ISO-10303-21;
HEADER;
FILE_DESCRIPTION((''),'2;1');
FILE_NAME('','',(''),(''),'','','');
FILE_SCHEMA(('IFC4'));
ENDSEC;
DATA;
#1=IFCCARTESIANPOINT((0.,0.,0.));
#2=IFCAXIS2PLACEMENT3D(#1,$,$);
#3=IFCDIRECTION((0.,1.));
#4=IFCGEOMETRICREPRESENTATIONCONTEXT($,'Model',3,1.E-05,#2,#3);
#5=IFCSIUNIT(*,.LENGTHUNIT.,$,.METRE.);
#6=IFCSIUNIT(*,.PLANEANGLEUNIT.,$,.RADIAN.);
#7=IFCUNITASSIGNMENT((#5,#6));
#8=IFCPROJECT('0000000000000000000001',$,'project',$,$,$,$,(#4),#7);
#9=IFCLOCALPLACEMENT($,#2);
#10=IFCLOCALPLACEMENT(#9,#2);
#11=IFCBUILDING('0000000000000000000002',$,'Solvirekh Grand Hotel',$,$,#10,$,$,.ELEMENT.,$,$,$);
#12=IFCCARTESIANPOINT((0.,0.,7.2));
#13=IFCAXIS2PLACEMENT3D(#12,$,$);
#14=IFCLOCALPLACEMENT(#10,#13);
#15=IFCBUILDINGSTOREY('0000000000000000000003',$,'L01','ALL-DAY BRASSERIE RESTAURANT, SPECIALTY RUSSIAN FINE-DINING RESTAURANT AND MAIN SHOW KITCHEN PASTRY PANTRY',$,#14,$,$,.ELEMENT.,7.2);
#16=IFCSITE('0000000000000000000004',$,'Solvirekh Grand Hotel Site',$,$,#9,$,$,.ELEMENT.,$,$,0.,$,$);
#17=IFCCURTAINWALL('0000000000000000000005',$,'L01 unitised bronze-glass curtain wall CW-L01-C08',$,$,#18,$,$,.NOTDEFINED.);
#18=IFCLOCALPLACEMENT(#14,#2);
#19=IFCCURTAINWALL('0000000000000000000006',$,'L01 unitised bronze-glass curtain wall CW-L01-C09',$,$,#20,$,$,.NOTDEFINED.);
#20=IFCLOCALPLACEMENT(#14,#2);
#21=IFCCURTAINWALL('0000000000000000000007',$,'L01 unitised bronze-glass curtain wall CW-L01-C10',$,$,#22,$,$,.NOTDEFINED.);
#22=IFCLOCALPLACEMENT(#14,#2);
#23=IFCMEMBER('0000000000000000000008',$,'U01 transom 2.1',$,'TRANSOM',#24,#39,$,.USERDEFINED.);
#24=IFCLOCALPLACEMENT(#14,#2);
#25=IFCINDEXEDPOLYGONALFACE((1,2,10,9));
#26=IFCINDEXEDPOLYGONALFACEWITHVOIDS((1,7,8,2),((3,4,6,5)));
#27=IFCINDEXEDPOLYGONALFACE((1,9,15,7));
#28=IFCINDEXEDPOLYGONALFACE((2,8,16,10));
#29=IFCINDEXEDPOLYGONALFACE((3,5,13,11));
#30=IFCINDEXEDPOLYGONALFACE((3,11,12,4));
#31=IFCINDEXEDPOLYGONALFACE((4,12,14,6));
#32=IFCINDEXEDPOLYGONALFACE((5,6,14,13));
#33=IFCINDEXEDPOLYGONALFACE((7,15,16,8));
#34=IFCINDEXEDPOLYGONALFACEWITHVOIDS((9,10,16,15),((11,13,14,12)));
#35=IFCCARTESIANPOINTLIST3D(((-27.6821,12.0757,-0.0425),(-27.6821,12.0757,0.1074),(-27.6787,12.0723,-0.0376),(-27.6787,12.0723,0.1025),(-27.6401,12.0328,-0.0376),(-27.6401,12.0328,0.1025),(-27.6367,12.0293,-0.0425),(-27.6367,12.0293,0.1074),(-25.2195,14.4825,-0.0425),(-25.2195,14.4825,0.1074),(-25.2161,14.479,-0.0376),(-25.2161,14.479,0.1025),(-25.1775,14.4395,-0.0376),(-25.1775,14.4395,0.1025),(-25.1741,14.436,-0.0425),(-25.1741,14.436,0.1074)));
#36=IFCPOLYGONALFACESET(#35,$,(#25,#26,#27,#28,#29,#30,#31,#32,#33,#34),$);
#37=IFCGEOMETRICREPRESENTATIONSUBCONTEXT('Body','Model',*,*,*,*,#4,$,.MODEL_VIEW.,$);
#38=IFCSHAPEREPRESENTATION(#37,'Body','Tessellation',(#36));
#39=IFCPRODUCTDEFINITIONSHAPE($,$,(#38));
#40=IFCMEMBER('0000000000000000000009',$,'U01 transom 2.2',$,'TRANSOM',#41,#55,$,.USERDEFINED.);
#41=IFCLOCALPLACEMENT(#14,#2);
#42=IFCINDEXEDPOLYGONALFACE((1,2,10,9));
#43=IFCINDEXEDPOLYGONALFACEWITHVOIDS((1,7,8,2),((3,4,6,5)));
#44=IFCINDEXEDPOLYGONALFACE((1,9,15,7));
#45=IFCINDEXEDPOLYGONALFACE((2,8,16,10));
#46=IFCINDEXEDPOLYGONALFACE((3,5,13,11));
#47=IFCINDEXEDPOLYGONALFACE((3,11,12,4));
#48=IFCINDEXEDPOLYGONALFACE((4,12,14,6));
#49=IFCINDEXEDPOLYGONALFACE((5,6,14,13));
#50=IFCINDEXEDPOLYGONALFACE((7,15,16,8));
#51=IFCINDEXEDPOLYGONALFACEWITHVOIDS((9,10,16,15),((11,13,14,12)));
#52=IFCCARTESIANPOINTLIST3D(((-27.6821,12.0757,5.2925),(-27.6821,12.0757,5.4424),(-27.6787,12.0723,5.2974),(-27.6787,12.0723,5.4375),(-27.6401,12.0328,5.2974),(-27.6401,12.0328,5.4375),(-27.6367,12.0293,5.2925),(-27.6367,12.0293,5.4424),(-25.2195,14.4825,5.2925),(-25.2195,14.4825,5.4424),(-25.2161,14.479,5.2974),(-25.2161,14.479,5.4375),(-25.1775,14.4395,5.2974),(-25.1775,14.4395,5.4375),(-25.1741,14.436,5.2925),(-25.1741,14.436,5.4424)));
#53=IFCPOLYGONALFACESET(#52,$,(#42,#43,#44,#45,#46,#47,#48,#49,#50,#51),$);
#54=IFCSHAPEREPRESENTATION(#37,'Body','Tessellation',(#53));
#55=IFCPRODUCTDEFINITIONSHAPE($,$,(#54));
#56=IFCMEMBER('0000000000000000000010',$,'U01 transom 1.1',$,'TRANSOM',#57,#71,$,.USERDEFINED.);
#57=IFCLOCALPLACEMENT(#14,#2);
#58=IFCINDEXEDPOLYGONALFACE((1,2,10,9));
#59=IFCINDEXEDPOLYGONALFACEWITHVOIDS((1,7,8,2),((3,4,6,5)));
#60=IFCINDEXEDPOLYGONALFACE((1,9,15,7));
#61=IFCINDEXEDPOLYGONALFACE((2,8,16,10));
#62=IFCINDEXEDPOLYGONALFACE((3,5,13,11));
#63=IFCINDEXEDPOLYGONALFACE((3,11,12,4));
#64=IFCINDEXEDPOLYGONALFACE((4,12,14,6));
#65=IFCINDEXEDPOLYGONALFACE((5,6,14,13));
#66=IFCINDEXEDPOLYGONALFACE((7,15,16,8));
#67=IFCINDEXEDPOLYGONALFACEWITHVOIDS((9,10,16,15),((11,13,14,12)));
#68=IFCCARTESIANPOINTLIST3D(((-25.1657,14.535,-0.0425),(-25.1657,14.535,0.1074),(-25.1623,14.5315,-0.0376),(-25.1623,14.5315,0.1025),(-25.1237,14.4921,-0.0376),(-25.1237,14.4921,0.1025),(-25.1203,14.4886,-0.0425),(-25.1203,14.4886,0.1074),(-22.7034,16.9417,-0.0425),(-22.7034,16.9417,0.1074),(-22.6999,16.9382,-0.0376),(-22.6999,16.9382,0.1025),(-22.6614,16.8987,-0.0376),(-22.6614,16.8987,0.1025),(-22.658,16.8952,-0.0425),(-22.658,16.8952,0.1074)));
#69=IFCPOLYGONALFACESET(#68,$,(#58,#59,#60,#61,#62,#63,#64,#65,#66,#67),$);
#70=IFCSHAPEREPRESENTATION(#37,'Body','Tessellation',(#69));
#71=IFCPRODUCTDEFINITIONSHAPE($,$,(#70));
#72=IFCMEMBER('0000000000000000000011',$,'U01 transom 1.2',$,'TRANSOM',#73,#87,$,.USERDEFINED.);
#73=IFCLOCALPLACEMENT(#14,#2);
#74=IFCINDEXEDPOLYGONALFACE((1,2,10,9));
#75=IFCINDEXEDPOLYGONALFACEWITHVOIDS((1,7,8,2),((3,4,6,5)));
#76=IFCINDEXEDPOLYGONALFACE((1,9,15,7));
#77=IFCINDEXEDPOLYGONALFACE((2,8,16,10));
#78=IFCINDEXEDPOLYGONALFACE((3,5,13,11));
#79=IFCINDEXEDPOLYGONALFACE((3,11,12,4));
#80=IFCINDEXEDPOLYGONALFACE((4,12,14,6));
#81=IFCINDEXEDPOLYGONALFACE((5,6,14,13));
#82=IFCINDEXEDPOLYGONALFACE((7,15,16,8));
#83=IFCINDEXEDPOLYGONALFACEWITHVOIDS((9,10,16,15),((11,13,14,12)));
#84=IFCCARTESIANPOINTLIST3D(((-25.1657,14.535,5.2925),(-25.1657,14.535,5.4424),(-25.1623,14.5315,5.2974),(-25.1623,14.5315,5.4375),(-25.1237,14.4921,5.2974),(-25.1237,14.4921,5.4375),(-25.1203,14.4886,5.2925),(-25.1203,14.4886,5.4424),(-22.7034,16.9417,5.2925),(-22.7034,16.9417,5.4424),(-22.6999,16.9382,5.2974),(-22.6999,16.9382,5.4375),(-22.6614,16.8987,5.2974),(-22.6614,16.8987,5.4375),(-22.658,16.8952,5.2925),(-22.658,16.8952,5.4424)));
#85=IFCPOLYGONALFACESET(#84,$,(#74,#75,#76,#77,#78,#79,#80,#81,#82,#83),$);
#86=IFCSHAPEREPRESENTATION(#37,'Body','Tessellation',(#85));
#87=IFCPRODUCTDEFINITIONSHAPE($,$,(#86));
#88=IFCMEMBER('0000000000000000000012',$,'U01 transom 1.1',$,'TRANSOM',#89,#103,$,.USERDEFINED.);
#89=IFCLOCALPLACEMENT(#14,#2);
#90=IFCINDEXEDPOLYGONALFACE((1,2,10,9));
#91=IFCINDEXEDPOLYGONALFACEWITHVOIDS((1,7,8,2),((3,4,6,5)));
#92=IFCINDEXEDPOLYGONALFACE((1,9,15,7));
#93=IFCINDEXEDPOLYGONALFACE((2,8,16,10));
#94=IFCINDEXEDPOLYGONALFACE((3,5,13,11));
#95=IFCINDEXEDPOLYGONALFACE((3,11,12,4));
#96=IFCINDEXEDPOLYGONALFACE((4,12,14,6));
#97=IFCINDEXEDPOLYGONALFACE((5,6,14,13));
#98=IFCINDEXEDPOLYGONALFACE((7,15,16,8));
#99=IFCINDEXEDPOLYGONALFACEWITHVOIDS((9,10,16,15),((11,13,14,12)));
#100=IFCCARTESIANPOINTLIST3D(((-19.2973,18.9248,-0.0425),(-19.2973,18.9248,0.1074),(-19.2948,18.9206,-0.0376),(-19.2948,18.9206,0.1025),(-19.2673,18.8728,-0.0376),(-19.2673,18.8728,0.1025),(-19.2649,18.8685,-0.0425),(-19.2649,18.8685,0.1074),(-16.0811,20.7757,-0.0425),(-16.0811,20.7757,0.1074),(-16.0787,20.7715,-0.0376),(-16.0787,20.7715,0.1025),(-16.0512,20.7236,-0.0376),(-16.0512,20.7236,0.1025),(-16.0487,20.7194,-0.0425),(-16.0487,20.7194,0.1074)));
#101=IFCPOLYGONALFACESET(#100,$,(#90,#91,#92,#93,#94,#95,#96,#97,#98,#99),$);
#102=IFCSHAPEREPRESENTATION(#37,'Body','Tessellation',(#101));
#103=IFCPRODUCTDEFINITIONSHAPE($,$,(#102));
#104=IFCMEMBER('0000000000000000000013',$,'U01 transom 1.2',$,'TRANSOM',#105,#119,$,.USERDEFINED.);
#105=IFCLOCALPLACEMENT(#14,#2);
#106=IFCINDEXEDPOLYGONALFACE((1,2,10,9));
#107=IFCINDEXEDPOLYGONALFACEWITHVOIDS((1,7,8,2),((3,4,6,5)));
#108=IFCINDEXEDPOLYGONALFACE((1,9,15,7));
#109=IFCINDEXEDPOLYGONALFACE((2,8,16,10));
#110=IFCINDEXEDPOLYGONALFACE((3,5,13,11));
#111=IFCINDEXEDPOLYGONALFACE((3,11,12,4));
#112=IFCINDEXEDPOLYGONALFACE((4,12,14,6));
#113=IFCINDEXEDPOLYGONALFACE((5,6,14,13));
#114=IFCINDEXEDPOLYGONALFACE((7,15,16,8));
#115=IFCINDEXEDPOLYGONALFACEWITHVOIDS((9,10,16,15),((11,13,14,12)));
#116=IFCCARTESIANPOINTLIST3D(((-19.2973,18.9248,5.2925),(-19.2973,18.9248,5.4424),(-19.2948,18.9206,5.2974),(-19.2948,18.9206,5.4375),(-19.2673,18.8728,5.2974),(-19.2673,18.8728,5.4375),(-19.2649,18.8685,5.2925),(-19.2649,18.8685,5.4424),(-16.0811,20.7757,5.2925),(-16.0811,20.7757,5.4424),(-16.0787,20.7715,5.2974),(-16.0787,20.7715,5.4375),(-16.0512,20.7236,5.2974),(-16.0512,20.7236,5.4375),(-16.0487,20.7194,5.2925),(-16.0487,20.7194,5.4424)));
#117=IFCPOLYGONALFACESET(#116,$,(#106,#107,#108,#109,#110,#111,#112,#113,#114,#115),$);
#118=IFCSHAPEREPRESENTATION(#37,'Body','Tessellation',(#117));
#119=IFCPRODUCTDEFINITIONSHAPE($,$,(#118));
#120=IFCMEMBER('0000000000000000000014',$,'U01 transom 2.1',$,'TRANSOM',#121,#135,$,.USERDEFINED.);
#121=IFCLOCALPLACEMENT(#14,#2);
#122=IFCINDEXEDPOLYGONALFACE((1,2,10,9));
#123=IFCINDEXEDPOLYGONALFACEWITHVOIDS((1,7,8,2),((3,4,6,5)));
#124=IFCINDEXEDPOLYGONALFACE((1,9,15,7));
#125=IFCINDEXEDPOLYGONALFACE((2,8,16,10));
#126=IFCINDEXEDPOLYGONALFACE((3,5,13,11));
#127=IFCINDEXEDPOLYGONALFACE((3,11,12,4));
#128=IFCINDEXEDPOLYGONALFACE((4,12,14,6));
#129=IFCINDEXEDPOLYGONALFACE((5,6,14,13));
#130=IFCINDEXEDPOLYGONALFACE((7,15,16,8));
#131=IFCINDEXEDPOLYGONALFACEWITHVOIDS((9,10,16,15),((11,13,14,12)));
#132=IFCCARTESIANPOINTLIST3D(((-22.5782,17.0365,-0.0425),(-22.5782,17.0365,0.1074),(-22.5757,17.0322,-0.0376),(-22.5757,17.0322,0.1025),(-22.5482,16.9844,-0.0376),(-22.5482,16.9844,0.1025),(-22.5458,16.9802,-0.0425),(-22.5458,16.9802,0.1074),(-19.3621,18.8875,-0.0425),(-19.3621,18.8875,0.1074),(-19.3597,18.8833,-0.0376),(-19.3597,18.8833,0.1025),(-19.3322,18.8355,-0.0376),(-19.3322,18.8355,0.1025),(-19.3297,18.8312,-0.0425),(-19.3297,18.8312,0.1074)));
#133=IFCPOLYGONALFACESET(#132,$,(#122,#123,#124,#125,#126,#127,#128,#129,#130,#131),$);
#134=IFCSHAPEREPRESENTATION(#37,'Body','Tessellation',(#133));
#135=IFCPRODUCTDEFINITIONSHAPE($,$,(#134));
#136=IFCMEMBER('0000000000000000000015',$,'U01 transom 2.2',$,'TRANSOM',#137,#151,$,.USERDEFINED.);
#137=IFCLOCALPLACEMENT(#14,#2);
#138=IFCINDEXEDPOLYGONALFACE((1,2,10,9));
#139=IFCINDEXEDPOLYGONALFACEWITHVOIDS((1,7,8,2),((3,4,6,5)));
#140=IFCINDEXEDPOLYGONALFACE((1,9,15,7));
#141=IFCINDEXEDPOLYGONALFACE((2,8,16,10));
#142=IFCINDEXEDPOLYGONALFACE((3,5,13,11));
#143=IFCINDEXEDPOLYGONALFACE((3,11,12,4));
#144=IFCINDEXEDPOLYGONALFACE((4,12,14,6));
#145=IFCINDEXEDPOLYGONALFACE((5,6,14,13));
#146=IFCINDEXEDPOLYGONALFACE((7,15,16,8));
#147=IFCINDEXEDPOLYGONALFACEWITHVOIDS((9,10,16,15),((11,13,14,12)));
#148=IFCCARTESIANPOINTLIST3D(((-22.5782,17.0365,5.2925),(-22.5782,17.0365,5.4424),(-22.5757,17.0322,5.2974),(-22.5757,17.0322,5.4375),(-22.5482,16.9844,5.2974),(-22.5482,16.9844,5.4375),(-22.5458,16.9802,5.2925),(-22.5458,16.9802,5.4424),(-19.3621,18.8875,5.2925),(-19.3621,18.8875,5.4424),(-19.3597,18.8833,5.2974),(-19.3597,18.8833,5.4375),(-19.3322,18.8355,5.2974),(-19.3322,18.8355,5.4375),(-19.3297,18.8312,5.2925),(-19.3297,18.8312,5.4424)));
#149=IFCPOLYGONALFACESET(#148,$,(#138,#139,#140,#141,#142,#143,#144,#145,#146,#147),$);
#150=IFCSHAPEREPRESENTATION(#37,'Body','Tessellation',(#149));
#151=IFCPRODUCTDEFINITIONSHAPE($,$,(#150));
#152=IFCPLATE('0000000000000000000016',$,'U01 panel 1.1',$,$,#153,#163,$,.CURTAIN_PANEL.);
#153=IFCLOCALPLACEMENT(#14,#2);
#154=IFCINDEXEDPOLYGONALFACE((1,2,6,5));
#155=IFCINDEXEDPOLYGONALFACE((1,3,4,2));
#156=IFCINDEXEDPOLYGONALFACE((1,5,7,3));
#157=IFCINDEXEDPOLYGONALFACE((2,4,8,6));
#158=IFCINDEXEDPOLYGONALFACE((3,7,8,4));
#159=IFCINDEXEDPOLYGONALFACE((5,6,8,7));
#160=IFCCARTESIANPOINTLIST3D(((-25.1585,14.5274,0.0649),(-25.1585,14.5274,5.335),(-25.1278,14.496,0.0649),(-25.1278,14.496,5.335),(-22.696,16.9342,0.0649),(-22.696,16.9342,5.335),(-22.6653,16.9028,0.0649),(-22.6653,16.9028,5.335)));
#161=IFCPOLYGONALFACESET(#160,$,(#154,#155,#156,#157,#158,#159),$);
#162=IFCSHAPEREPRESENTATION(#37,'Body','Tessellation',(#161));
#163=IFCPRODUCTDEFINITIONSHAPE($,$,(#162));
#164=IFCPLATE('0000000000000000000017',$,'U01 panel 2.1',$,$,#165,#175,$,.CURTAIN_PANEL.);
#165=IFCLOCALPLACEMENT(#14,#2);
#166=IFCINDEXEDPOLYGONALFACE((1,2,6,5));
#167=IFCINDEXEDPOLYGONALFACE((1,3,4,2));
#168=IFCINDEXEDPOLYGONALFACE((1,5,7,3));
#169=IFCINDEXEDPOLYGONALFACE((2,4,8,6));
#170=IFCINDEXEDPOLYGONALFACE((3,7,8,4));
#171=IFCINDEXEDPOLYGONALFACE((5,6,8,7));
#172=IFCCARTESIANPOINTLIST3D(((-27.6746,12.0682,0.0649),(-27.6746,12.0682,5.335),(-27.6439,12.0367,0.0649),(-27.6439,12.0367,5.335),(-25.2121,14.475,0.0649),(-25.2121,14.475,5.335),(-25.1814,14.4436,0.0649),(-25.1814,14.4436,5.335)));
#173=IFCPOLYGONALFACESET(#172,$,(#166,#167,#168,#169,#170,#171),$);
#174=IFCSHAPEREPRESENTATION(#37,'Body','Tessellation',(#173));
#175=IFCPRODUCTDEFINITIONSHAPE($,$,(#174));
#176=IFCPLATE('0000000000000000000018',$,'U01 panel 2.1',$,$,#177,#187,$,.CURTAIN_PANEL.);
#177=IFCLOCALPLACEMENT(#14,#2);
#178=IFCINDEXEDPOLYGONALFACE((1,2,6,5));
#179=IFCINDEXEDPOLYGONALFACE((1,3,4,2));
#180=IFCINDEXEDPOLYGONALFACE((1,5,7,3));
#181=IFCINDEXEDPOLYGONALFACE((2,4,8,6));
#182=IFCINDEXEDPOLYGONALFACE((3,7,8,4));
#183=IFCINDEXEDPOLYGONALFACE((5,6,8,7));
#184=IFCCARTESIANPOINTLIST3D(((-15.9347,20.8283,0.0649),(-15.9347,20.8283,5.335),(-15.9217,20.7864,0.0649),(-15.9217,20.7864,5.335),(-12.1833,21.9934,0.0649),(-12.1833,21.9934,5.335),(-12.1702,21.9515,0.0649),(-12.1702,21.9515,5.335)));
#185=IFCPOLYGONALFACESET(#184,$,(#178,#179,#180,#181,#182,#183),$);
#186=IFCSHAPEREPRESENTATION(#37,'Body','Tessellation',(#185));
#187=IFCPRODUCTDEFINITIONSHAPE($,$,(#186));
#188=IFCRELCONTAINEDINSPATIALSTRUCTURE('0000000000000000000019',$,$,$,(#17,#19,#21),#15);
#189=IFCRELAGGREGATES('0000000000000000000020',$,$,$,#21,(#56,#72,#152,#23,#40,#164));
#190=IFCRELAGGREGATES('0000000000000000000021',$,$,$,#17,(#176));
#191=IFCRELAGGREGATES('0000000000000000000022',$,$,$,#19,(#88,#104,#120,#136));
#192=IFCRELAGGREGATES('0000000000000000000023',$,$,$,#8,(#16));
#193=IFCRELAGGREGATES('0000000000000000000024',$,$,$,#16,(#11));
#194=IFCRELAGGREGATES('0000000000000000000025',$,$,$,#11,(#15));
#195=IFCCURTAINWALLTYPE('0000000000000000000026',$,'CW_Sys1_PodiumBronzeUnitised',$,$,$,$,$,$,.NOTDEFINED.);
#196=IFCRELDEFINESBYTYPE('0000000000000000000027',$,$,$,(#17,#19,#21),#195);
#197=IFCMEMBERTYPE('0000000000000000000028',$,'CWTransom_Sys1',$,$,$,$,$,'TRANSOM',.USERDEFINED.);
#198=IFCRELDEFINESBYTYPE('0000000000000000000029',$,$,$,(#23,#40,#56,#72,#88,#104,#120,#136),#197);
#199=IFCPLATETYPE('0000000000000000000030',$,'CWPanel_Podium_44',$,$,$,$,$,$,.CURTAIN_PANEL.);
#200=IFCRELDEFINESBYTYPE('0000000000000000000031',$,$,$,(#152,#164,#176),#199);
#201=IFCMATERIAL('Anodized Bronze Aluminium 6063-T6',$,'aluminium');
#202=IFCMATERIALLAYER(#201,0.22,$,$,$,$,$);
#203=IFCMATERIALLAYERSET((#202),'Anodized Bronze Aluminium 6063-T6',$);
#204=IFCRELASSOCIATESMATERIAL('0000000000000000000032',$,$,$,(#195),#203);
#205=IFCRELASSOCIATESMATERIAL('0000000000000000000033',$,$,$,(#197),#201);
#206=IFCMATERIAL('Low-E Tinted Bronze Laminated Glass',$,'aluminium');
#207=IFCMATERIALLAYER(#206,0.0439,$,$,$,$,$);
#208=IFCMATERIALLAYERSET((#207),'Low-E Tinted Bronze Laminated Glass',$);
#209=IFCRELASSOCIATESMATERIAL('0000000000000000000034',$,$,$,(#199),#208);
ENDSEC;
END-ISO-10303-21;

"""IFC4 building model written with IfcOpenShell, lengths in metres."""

from ifc_helpers import new_model, si_unit, direction, frame, origin, origin_2d, place, context, subcontext, project, spatial, rectangle, hollow_rectangle, extrude, source, transform, mapped, material, layer, layer_set, material_profile, profile_set, type_object, element, aggregate, save


model = new_model("IFC4")

# Units and contexts
model_context = context("Model", 3, precision=1e-05, world=origin(), true_north=direction((0.0, 1.0)))
body_context = subcontext(model_context, "Body", "Model", "MODEL_VIEW")
ifc_project = project(units=[si_unit("LENGTHUNIT", "METRE"), si_unit("PLANEANGLEUNIT", "RADIAN")], contexts=[model_context])

# Site, building, storey
site_placement = place(None, origin())
site = spatial("IfcSite", under=ifc_project, at=site_placement, Name="Solvirekh Grand Hotel Site", CompositionType="ELEMENT", RefElevation=0.0)
building_placement = place(site_placement, origin())
building = spatial("IfcBuilding", under=site, at=building_placement, Name="Solvirekh Grand Hotel", CompositionType="ELEMENT")
storey_placement = place(building_placement, frame((0.0, 0.0, 7.2)))
storey = spatial("IfcBuildingStorey", under=building, at=storey_placement, Name="L01", Description="ALL-DAY BRASSERIE RESTAURANT, SPECIALTY RUSSIAN FINE-DINING RESTAURANT AND MAIN SHOW KITCHEN PASTRY PANTRY", CompositionType="ELEMENT", Elevation=7.2)

# Curtain wall
ifc_material_1 = material(Name="Anodized Bronze Aluminium 6063-T6", Category="aluminium")
ifc_layer_1 = layer(ifc_material_1, 0.22)
ifc_layer_set_1 = layer_set([ifc_layer_1], Name="Anodized Bronze Aluminium 6063-T6")
curtain_wall_type = type_object("IfcCurtainWallType", Name="CW_Sys1_PodiumBronzeUnitised", PredefinedType="NOTDEFINED", material=ifc_layer_set_1)
curtain_wall_1_placement = place(storey_placement, origin())
curtain_wall_1 = element("IfcCurtainWall", 1, at=curtain_wall_1_placement, inside=storey, type_object=curtain_wall_type, Name="L01 unitised bronze-glass curtain wall CW-L01-C08", PredefinedType="NOTDEFINED")

# Curtain walls
curtain_wall_2_placement = place(storey_placement, origin())
curtain_wall_2 = element("IfcCurtainWall", 2, at=curtain_wall_2_placement, inside=storey, type_object=curtain_wall_type, Name="L01 unitised bronze-glass curtain wall CW-L01-C09", PredefinedType="NOTDEFINED")
curtain_wall_3_placement = place(storey_placement, origin())
curtain_wall_3 = element("IfcCurtainWall", 3, at=curtain_wall_3_placement, inside=storey, type_object=curtain_wall_type, Name="L01 unitised bronze-glass curtain wall CW-L01-C10", PredefinedType="NOTDEFINED")
ifc_material_profile_1 = material_profile(ifc_material_1, hollow_rectangle(XDim=0.0649, YDim=0.1499, WallThickness=0.0049, at=origin_2d()), Name="ALU RHS 150X65X5")
ifc_profile_set_1 = profile_set([ifc_material_profile_1], Name="Anodized Bronze Aluminium 6063-T6")
member_type_1 = type_object("IfcMemberType", Name="CWTransom_Sys1", ElementType="TRANSOM", PredefinedType="USERDEFINED", material=ifc_profile_set_1)

# Members
shared_shape_1 = source(origin(), body_context, "Body", "SweptSolid", [
    extrude(hollow_rectangle(XDim=0.0649, YDim=0.1499, WallThickness=0.0049, at=origin_2d()), origin(), (0.0, 0.0, 1.0), 3.4434),
])
member_1_placement = place(storey_placement, frame((-25.1968, 14.4592, 0.0325), z_axis=(-0.715178, -0.698942, 0.0), x_axis=(0.698942, -0.715178, 0.0)))
member_1 = element("IfcMember", 4, at=member_1_placement, type_object=member_type_1, Name="U01 transom 2.1", ObjectType="TRANSOM", PredefinedType="USERDEFINED", context=body_context, shape_type="MappedRepresentation", body=[
    mapped(shared_shape_1, transform((0.0, 0.0, 0.0), x_axis=(1.0, 0.0, 0.0), y_axis=(0.0, 1.0, 0.0), z_axis=(0.0, 0.0, 1.0), scale=1.0)),
])
member_2_placement = place(storey_placement, frame((-25.1968, 14.4592, 5.3674), z_axis=(-0.715178, -0.698942, 0.0), x_axis=(0.698942, -0.715178, 0.0)))
member_2 = element("IfcMember", 5, at=member_2_placement, type_object=member_type_1, Name="U01 transom 2.2", ObjectType="TRANSOM", PredefinedType="USERDEFINED", context=body_context, shape_type="MappedRepresentation", body=[
    mapped(shared_shape_1, transform((0.0, 0.0, 0.0), x_axis=(1.0, 0.0, 0.0), y_axis=(0.0, 1.0, 0.0), z_axis=(0.0, 0.0, 1.0), scale=1.0)),
])
shared_shape_2 = source(origin(), body_context, "Body", "SweptSolid", [
    extrude(hollow_rectangle(XDim=0.0649, YDim=0.1499, WallThickness=0.0049, at=origin_2d()), origin(), (0.0, 0.0, 1.0), 3.4431),
])
member_3_placement = place(storey_placement, frame((-22.6807, 16.9185, 0.0325), z_axis=(-0.715144, -0.698977, 0.0), x_axis=(0.698977, -0.715144, 0.0)))
member_3 = element("IfcMember", 6, at=member_3_placement, type_object=member_type_1, Name="U01 transom 1.1", ObjectType="TRANSOM", PredefinedType="USERDEFINED", context=body_context, shape_type="MappedRepresentation", body=[
    mapped(shared_shape_2, transform((0.0, 0.0, 0.0), x_axis=(1.0, 0.0, 0.0), y_axis=(0.0, 1.0, 0.0), z_axis=(0.0, 0.0, 1.0), scale=1.0)),
])
member_4_placement = place(storey_placement, frame((-22.6807, 16.9185, 5.3674), z_axis=(-0.715144, -0.698977, 0.0), x_axis=(0.698977, -0.715144, 0.0)))
member_4 = element("IfcMember", 7, at=member_4_placement, type_object=member_type_1, Name="U01 transom 1.2", ObjectType="TRANSOM", PredefinedType="USERDEFINED", context=body_context, shape_type="MappedRepresentation", body=[
    mapped(shared_shape_2, transform((0.0, 0.0, 0.0), x_axis=(1.0, 0.0, 0.0), y_axis=(0.0, 1.0, 0.0), z_axis=(0.0, 0.0, 1.0), scale=1.0)),
])
shared_shape_3 = source(origin(), body_context, "Body", "SweptSolid", [
    extrude(hollow_rectangle(XDim=0.0649, YDim=0.1499, WallThickness=0.0049, at=origin_2d()), origin(), (0.0, 0.0, 1.0), 3.7107),
])
member_5_placement = place(storey_placement, frame((-16.0649, 20.7476, 0.0325), z_axis=(-0.866721, -0.498794, 0.0), x_axis=(0.498794, -0.866721, 0.0)))
member_5 = element("IfcMember", 8, at=member_5_placement, type_object=member_type_1, Name="U01 transom 1.1", ObjectType="TRANSOM", PredefinedType="USERDEFINED", context=body_context, shape_type="MappedRepresentation", body=[
    mapped(shared_shape_3, transform((0.0, 0.0, 0.0), x_axis=(1.0, 0.0, 0.0), y_axis=(0.0, 1.0, 0.0), z_axis=(0.0, 0.0, 1.0), scale=1.0)),
])
member_6_placement = place(storey_placement, frame((-16.0649, 20.7476, 5.3674), z_axis=(-0.866721, -0.498794, 0.0), x_axis=(0.498794, -0.866721, 0.0)))
member_6 = element("IfcMember", 9, at=member_6_placement, type_object=member_type_1, Name="U01 transom 1.2", ObjectType="TRANSOM", PredefinedType="USERDEFINED", context=body_context, shape_type="MappedRepresentation", body=[
    mapped(shared_shape_3, transform((0.0, 0.0, 0.0), x_axis=(1.0, 0.0, 0.0), y_axis=(0.0, 1.0, 0.0), z_axis=(0.0, 0.0, 1.0), scale=1.0)),
])
member_7_placement = place(storey_placement, frame((-19.3459, 18.8594, 0.0325), z_axis=(-0.866692, -0.498843, 0.0), x_axis=(0.498843, -0.866692, 0.0)))
member_7 = element("IfcMember", 10, at=member_7_placement, type_object=member_type_1, Name="U01 transom 2.1", ObjectType="TRANSOM", PredefinedType="USERDEFINED", context=body_context, shape_type="MappedRepresentation", body=[
    mapped(shared_shape_3, transform((0.0, 0.0, 0.0), x_axis=(1.0, 0.0, 0.0), y_axis=(0.0, 1.0, 0.0), z_axis=(0.0, 0.0, 1.0), scale=1.0)),
])
member_8_placement = place(storey_placement, frame((-19.3459, 18.8594, 5.3674), z_axis=(-0.866692, -0.498843, 0.0), x_axis=(0.498843, -0.866692, 0.0)))
member_8 = element("IfcMember", 11, at=member_8_placement, type_object=member_type_1, Name="U01 transom 2.2", ObjectType="TRANSOM", PredefinedType="USERDEFINED", context=body_context, shape_type="MappedRepresentation", body=[
    mapped(shared_shape_3, transform((0.0, 0.0, 0.0), x_axis=(1.0, 0.0, 0.0), y_axis=(0.0, 1.0, 0.0), z_axis=(0.0, 0.0, 1.0), scale=1.0)),
])

# Plates
ifc_material_2 = material(Name="Low-E Tinted Bronze Laminated Glass", Category="aluminium")
ifc_layer_2 = layer(ifc_material_2, 0.0439)
ifc_layer_set_2 = layer_set([ifc_layer_2], Name="Low-E Tinted Bronze Laminated Glass")
plate_type = type_object("IfcPlateType", Name="CWPanel_Podium_44", PredefinedType="CURTAIN_PANEL", material=ifc_layer_set_2)
shared_shape_4 = source(origin(), body_context, "Body", "SweptSolid", [
    extrude(rectangle(XDim=3.4434, YDim=0.0439, at=origin_2d()), origin(), (0.0, 0.0, 1.0), 5.27),
])
plate_1_placement = place(storey_placement, frame((-23.9119, 15.7151, 0.0649), z_axis=(0.0, 0.0, 1.0), x_axis=(-0.715146, -0.698975, 0.0)))
plate_1 = element("IfcPlate", 12, at=plate_1_placement, type_object=plate_type, Name="U01 panel 1.1", PredefinedType="CURTAIN_PANEL", context=body_context, shape_type="MappedRepresentation", body=[
    mapped(shared_shape_4, transform((0.0, 0.0, 0.0), x_axis=(1.0, 0.0, 0.0), y_axis=(0.0, 1.0, 0.0), z_axis=(0.0, 0.0, 1.0), scale=1.0)),
])
plate_2_placement = place(storey_placement, frame((-26.428, 13.2559, 0.0649), z_axis=(0.0, 0.0, 1.0), x_axis=(-0.715146, -0.698975, 0.0)))
plate_2 = element("IfcPlate", 13, at=plate_2_placement, type_object=plate_type, Name="U01 panel 2.1", PredefinedType="CURTAIN_PANEL", context=body_context, shape_type="MappedRepresentation", body=[
    mapped(shared_shape_4, transform((0.0, 0.0, 0.0), x_axis=(1.0, 0.0, 0.0), y_axis=(0.0, 1.0, 0.0), z_axis=(0.0, 0.0, 1.0), scale=1.0)),
])
aggregate(curtain_wall_3, [member_3, member_4, plate_1, member_1, member_2, plate_2])
shared_shape_5 = source(origin(), body_context, "Body", "SweptSolid", [
    extrude(rectangle(XDim=3.9282, YDim=0.0439, at=origin_2d()), origin(), (0.0, 0.0, 1.0), 5.27),
])
plate_3_placement = place(storey_placement, frame((-14.0525, 21.3899, 0.0649), z_axis=(0.0, 0.0, 1.0), x_axis=(-0.955003, -0.296598, 0.0)))
plate_3 = element("IfcPlate", 14, at=plate_3_placement, type_object=plate_type, Name="U01 panel 2.1", PredefinedType="CURTAIN_PANEL", context=body_context, shape_type="MappedRepresentation", body=[
    mapped(shared_shape_5, transform((0.0, 0.0, 0.0), x_axis=(1.0, 0.0, 0.0), y_axis=(0.0, 1.0, 0.0), z_axis=(0.0, 0.0, 1.0), scale=1.0)),
])
aggregate(curtain_wall_1, [plate_3])
aggregate(curtain_wall_2, [member_5, member_6, member_7, member_8])

save(model, "model.ifc")
